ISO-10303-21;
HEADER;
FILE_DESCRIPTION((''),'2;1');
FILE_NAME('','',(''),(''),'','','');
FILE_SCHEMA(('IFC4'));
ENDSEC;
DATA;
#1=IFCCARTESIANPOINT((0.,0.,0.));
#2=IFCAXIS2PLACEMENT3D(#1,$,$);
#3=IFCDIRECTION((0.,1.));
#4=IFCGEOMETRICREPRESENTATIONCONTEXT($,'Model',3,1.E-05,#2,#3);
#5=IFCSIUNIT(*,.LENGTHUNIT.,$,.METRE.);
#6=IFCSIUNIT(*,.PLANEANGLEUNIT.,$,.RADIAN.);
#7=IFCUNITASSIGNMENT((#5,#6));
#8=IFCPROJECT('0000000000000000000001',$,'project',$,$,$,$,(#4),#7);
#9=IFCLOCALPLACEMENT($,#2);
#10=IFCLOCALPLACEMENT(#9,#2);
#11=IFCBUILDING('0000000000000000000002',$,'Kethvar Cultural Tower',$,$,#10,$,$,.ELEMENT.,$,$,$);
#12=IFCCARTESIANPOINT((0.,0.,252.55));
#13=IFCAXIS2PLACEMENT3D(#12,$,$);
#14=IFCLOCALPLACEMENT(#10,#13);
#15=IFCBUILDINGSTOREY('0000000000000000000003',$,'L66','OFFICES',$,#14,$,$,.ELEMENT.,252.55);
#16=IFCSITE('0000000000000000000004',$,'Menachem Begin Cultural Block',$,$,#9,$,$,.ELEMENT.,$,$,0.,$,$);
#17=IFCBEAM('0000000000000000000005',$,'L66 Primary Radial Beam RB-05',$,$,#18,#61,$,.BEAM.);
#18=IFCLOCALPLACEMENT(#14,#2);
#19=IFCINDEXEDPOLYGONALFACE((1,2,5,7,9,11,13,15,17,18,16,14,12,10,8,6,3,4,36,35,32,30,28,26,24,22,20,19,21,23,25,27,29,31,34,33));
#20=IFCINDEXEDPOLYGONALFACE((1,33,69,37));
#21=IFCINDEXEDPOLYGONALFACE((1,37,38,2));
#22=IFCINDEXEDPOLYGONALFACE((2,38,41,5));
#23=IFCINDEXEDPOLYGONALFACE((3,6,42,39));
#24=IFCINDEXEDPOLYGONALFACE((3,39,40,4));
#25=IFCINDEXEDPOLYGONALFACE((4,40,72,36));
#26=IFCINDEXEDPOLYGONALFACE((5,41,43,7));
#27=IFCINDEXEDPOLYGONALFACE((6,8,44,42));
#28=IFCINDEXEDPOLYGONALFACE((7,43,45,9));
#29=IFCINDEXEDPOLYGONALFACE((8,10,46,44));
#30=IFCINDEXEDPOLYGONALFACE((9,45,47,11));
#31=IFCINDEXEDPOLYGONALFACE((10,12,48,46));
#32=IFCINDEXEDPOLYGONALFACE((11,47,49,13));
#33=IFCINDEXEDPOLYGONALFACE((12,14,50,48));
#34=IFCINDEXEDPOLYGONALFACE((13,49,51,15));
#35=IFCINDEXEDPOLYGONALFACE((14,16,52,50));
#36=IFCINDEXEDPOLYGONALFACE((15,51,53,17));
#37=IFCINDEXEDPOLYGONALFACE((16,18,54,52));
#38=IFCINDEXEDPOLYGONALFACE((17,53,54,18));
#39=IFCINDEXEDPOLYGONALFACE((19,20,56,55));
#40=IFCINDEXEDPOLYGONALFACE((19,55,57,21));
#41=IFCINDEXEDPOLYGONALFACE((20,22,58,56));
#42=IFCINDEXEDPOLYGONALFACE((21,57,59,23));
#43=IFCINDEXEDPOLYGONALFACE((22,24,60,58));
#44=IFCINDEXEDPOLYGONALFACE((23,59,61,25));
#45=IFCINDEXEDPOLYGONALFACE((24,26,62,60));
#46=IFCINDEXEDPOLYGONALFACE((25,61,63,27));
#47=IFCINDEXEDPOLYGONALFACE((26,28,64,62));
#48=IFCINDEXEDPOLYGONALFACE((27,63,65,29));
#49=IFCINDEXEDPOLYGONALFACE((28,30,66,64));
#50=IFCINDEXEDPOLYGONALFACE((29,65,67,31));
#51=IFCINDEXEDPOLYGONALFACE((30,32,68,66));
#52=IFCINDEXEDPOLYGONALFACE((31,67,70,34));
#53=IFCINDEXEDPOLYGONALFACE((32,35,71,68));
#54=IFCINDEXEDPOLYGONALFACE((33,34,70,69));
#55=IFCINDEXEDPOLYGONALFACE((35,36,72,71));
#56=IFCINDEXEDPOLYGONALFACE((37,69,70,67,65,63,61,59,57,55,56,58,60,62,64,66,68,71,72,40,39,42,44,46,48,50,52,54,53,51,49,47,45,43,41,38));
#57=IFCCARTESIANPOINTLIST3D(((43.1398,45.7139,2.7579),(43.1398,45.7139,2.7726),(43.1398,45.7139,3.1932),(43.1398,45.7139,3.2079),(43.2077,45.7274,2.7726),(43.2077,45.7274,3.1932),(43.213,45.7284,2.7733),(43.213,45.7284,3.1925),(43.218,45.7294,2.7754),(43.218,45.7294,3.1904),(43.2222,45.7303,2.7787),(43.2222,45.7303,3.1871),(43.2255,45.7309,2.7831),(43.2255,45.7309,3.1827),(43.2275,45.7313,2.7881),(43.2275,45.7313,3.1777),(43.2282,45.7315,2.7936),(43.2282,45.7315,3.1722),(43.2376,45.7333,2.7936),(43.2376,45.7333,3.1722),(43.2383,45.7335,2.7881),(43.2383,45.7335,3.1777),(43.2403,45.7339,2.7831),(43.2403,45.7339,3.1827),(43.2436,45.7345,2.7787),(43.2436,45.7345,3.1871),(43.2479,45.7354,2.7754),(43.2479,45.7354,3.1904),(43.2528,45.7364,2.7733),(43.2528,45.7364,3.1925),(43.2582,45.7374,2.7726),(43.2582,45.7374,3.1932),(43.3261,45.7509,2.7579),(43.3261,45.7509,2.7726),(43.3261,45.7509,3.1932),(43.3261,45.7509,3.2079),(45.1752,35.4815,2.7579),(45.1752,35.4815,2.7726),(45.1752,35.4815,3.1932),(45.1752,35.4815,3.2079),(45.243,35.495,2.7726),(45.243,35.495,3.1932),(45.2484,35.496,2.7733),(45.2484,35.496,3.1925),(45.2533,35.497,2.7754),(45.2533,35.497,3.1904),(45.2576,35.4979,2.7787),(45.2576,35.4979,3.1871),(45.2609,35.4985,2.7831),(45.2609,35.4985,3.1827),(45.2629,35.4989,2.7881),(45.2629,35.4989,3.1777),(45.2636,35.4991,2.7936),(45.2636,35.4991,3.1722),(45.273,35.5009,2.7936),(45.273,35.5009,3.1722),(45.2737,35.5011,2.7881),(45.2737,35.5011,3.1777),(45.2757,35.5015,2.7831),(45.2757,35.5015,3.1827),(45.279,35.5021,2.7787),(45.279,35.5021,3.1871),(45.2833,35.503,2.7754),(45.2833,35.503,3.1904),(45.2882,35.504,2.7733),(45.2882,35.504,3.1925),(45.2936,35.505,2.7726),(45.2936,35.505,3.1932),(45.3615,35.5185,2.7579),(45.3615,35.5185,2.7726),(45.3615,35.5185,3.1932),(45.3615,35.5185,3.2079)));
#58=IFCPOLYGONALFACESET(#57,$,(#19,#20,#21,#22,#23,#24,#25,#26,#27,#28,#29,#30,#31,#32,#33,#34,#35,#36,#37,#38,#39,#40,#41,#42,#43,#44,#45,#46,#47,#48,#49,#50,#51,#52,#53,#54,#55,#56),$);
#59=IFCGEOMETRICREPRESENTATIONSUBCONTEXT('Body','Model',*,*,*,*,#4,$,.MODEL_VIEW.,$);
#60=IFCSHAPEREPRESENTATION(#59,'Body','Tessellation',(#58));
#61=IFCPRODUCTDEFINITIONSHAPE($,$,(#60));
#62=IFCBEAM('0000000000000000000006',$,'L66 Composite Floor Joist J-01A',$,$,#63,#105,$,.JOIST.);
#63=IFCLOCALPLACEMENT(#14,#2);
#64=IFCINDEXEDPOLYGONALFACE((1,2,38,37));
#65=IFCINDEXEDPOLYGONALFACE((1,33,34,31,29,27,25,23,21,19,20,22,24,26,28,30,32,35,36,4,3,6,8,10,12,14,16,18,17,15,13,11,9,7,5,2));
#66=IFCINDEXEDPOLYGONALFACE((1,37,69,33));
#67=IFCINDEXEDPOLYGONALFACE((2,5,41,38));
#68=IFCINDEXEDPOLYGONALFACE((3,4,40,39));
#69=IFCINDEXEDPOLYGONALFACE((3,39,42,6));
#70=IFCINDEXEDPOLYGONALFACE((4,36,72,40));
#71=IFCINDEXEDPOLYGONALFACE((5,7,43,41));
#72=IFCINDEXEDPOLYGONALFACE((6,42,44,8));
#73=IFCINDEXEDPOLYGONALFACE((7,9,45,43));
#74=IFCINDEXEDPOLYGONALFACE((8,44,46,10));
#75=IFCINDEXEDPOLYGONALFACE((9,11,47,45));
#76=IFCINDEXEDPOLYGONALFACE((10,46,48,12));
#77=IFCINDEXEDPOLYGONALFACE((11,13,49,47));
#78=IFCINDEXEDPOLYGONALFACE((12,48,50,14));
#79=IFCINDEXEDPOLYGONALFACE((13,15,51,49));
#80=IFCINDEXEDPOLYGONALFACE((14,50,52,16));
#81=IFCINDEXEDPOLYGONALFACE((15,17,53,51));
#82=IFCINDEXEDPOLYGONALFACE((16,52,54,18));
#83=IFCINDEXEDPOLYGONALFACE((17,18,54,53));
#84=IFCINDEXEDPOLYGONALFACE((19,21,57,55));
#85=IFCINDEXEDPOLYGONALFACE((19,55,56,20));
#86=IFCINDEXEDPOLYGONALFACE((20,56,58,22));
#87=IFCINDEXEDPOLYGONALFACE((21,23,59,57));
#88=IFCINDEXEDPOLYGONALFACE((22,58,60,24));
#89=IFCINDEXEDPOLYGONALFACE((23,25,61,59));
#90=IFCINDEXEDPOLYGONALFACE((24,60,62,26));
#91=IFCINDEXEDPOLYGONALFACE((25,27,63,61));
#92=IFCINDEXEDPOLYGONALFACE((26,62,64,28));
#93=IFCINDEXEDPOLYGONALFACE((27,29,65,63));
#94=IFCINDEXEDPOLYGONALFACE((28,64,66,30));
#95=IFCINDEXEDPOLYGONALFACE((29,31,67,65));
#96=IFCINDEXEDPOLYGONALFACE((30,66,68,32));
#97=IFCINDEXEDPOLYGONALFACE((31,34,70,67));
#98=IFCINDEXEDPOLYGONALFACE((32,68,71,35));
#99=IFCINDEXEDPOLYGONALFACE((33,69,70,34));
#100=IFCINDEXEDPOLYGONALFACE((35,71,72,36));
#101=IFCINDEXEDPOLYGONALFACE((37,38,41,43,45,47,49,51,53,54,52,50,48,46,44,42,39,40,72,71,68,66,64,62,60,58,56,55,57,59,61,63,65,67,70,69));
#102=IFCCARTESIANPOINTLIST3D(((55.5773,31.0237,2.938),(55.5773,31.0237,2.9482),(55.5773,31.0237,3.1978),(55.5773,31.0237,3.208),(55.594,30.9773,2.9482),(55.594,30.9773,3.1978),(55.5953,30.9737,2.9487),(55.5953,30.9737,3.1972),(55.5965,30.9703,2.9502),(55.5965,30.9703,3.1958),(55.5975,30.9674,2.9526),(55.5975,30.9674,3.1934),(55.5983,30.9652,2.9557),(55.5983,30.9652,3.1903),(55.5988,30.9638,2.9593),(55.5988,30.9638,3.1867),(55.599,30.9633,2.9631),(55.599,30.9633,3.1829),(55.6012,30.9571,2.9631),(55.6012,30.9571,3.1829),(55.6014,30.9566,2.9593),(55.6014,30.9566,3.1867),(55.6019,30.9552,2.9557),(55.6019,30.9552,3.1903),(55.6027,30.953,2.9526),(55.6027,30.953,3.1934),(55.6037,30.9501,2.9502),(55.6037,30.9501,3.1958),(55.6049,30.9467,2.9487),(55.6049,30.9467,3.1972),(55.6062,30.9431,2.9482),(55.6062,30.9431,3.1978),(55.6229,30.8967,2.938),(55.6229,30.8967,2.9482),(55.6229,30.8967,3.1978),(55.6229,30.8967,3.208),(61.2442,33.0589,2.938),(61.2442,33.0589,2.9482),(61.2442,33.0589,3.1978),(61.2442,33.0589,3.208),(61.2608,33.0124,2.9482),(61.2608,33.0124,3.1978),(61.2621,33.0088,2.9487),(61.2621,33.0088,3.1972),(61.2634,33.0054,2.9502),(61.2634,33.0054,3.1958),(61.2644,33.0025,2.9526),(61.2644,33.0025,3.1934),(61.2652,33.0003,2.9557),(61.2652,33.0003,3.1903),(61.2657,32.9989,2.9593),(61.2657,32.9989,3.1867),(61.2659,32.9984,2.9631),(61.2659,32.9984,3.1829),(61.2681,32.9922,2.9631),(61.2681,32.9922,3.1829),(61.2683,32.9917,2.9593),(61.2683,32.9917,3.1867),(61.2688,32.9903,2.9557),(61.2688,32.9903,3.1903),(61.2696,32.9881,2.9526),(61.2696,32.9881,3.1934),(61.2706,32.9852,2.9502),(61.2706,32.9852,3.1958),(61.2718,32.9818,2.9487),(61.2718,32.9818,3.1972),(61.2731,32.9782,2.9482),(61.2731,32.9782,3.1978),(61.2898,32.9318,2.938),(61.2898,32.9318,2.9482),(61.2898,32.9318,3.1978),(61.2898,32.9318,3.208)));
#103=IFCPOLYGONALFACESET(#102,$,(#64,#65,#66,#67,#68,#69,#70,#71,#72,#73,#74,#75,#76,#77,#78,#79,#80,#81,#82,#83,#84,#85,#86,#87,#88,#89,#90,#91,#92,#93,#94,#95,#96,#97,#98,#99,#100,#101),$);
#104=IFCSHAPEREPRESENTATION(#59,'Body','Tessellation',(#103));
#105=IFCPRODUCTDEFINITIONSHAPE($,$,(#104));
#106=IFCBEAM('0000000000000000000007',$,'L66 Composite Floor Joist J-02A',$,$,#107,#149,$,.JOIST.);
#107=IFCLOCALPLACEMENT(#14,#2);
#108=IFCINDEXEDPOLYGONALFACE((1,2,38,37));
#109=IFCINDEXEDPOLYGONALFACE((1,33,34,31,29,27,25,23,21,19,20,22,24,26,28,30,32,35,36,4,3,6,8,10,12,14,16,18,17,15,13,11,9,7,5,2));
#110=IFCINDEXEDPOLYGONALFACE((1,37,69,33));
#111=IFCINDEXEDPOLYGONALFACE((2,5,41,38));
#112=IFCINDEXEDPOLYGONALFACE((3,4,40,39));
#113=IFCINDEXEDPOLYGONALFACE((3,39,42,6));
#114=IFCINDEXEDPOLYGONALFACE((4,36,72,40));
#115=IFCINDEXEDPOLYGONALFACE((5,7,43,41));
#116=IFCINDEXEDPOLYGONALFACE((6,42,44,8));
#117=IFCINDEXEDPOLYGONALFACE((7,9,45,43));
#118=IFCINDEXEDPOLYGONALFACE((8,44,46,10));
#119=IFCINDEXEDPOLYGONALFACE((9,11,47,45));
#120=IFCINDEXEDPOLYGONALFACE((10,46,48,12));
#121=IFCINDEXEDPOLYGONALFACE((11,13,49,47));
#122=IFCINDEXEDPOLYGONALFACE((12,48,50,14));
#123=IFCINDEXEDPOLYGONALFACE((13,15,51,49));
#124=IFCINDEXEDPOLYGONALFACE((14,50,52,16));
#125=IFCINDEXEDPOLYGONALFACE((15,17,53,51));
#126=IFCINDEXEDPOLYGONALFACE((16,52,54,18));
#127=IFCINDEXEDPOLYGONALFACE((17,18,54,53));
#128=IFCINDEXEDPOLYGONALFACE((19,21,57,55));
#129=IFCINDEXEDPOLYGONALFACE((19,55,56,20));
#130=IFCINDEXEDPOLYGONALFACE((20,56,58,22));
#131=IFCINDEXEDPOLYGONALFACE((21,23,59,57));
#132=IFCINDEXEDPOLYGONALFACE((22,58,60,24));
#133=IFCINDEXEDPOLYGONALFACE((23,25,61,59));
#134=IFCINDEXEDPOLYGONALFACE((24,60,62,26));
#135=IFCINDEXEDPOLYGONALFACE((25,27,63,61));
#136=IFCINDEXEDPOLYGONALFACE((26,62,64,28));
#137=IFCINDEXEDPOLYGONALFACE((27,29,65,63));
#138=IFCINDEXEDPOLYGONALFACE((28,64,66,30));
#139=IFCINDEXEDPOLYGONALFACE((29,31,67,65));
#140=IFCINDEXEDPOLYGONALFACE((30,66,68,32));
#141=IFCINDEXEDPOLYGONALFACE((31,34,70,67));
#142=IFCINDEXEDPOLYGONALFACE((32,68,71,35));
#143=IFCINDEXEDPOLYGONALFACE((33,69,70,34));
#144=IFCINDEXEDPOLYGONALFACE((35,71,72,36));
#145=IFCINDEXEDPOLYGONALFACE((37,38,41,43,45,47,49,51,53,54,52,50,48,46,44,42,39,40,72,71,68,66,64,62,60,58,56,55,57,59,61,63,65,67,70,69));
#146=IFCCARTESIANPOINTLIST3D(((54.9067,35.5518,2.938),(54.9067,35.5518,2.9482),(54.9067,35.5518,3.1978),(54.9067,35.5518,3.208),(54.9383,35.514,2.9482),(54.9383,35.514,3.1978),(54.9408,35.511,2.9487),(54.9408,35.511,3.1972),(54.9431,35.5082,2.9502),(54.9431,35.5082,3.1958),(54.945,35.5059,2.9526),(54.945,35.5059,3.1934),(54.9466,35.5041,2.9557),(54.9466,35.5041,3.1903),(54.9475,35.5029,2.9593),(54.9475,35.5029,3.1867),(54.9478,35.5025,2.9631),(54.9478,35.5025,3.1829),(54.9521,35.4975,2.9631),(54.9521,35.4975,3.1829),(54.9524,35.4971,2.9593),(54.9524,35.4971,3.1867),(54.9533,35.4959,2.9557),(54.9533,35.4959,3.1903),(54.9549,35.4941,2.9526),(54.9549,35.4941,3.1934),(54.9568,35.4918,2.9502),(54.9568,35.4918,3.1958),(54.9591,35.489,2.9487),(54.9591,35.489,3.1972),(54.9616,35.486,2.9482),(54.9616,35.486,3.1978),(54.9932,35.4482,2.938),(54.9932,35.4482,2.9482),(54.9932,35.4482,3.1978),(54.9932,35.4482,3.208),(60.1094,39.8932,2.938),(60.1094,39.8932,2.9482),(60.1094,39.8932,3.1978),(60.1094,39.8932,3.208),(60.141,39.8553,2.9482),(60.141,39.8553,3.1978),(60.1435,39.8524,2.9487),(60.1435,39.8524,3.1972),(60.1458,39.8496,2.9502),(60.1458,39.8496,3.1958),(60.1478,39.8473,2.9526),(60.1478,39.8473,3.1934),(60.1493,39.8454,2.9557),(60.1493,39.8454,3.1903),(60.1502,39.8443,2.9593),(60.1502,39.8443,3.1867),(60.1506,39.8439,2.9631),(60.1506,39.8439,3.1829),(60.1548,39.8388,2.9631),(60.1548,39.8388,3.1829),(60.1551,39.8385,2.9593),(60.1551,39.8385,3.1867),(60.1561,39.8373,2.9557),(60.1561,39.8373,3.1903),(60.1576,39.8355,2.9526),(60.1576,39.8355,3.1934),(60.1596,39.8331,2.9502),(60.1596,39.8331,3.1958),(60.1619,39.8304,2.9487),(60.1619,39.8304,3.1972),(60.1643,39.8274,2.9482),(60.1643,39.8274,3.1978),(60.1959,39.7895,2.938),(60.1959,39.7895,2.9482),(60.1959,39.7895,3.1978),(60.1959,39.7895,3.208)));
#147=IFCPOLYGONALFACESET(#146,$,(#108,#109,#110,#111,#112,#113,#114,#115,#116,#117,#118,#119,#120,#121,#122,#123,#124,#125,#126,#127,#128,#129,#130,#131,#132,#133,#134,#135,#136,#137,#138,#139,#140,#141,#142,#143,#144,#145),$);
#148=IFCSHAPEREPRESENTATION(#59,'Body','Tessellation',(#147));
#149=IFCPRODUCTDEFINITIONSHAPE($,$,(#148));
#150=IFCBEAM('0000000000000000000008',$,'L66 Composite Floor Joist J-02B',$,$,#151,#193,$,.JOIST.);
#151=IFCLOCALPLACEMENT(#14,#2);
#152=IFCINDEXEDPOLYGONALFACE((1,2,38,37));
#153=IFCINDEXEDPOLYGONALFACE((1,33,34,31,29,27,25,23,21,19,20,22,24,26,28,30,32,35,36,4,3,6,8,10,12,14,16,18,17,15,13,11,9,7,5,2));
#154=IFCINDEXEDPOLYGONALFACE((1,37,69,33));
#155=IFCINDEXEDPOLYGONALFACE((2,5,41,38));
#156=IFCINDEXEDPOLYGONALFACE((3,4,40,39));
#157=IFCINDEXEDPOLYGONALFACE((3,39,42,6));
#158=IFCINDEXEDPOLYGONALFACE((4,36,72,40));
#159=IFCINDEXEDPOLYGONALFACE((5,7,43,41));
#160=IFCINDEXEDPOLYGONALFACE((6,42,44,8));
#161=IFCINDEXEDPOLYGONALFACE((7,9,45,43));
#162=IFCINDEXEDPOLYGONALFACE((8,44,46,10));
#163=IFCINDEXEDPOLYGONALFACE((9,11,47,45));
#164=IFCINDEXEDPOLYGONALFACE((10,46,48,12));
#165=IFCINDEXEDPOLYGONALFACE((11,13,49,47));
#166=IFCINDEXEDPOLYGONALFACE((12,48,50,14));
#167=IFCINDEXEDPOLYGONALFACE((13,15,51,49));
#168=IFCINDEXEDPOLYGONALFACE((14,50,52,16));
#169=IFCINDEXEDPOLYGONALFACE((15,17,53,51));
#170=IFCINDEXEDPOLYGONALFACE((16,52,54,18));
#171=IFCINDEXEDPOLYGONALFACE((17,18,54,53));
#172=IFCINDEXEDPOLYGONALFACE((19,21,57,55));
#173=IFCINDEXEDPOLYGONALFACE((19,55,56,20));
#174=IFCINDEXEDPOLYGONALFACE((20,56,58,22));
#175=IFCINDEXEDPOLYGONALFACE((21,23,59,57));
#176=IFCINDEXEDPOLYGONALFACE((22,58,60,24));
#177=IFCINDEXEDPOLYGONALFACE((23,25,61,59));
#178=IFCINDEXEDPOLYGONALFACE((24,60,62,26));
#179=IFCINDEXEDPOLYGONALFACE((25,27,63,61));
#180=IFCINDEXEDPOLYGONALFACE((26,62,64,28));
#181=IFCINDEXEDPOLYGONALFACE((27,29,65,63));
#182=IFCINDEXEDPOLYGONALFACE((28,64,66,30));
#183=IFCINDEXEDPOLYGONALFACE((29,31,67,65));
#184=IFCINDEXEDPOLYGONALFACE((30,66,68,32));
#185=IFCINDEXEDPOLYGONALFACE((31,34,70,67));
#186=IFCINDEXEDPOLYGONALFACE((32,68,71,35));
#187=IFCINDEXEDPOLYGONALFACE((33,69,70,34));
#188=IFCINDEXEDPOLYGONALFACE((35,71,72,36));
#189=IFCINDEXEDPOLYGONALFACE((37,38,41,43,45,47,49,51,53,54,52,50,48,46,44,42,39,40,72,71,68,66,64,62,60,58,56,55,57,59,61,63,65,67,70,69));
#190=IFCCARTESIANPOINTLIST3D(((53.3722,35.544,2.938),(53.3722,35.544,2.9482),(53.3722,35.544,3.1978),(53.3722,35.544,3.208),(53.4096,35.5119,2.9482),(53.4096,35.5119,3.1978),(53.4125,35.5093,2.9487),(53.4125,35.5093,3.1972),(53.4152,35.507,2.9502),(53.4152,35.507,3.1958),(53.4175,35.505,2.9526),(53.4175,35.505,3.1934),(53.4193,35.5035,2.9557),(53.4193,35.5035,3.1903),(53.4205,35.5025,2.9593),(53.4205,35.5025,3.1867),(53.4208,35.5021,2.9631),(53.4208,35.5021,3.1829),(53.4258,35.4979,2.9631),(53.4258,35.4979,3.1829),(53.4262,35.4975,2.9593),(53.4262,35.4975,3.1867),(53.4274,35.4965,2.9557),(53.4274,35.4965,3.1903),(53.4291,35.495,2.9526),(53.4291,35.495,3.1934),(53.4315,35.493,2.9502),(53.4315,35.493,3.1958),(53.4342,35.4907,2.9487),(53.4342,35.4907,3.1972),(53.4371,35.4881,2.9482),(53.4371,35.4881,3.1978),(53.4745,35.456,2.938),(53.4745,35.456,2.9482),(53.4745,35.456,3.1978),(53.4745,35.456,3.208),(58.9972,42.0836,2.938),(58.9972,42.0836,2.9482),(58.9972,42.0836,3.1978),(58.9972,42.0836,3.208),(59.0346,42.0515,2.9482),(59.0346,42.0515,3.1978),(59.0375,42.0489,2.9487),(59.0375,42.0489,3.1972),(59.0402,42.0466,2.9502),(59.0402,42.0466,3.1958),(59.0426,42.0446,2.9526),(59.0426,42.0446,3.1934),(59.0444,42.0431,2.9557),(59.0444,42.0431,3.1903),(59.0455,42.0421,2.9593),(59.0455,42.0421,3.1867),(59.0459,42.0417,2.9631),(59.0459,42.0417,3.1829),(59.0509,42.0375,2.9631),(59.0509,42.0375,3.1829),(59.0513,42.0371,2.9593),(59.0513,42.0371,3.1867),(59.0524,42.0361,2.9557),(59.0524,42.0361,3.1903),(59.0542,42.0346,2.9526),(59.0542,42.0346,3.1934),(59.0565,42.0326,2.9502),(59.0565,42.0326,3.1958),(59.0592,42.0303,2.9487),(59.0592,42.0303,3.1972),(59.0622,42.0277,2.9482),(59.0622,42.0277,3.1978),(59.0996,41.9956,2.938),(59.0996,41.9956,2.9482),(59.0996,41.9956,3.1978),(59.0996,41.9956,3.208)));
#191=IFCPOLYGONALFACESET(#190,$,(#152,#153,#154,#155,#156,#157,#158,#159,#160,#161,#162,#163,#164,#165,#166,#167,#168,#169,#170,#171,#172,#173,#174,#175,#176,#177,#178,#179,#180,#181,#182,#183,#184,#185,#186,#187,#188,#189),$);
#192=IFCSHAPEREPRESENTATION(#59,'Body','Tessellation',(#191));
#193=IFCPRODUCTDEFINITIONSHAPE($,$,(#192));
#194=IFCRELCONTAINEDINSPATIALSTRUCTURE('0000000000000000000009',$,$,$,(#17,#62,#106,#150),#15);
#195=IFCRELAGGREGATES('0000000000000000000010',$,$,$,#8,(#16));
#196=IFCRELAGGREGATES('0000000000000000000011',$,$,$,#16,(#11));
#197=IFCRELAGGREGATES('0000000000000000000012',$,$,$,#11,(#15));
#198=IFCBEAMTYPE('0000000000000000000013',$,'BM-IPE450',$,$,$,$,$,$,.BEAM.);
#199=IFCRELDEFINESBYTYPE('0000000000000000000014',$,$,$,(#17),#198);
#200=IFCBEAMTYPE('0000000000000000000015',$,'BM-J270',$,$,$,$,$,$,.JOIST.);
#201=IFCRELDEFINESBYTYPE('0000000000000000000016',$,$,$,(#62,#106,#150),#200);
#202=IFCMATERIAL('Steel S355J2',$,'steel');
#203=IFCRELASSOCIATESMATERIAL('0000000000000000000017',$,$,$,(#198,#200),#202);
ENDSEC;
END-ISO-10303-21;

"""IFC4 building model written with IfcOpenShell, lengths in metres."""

from ifc_helpers import new_model, si_unit, direction, frame, origin, origin_2d, place, context, subcontext, project, spatial, i_section, extrude, source, transform, mapped, material, material_profile, profile_set, type_object, element, save


model = new_model("IFC4")

# Units and contexts
model_context = context("Model", 3, precision=1e-05, world=origin(), true_north=direction((0.0, 1.0)))
body_context = subcontext(model_context, "Body", "Model", "MODEL_VIEW")
ifc_project = project(units=[si_unit("LENGTHUNIT", "METRE"), si_unit("PLANEANGLEUNIT", "RADIAN")], contexts=[model_context])

# Site, building, storey
site_placement = place(None, origin())
site = spatial("IfcSite", under=ifc_project, at=site_placement, Name="Menachem Begin Cultural Block", CompositionType="ELEMENT", RefElevation=0.0)
building_placement = place(site_placement, origin())
building = spatial("IfcBuilding", under=site, at=building_placement, Name="Kethvar Cultural Tower", CompositionType="ELEMENT")
storey_placement = place(building_placement, frame((0.0, 0.0, 252.55)))
storey = spatial("IfcBuildingStorey", under=building, at=storey_placement, Name="L66", Description="OFFICES", CompositionType="ELEMENT", Elevation=252.55)

# Beams
ifc_material_1 = material(Name="Steel S355J2", Category="steel")
ifc_material_profile_1 = material_profile(ifc_material_1, i_section(OverallWidth=0.1899, OverallDepth=0.45, WebThickness=0.0095, FlangeThickness=0.0146, FilletRadius=0.021, at=origin_2d()), Name="Steel S355J2 — IPE450")
ifc_profile_set_1 = profile_set([ifc_material_profile_1], Name="Steel S355J2 — IPE450")
beam_type_1 = type_object("IfcBeamType", Name="BM-IPE450", PredefinedType="BEAM", material=ifc_profile_set_1)
shared_shape_1 = source(origin(), body_context, "Body", "SweptSolid", [
    extrude(i_section(OverallWidth=0.1899, OverallDepth=0.45, WebThickness=0.0095, FlangeThickness=0.0146, FilletRadius=0.021, at=origin_2d()), origin(), (0.0, 0.0, 1.0), 10.4329),
])
beam_1_placement = place(storey_placement, frame((45.2683, 35.5, 2.9829), z_axis=(-0.195094, 0.980784, 0.0), x_axis=(-0.980784, -0.195094, 0.0)))
element("IfcBeam", 1, at=beam_1_placement, inside=storey, type_object=beam_type_1, Name="L66 Primary Radial Beam RB-05", PredefinedType="BEAM", context=body_context, shape_type="MappedRepresentation", body=[
    mapped(shared_shape_1, transform((0.0, 0.0, 0.0), scale=1.0)),
])
ifc_material_profile_2 = material_profile(ifc_material_1, i_section(OverallWidth=0.135, OverallDepth=0.27, WebThickness=0.0066, FlangeThickness=0.0103, FilletRadius=0.0149, at=origin_2d()), Name="Steel S355J2 — IPE270")
ifc_profile_set_2 = profile_set([ifc_material_profile_2], Name="Steel S355J2 — IPE270")
beam_type_2 = type_object("IfcBeamType", Name="BM-J270", PredefinedType="JOIST", material=ifc_profile_set_2)
shared_shape_2 = source(origin(), body_context, "Body", "SweptSolid", [
    extrude(i_section(OverallWidth=0.135, OverallDepth=0.27, WebThickness=0.0066, FlangeThickness=0.0103, FilletRadius=0.0149, at=origin_2d()), origin(), (0.0, 0.0, 1.0), 6.0212),
])
beam_2_placement = place(storey_placement, frame((55.6001, 30.9602, 3.073), z_axis=(0.94115, 0.33799, 0.0), x_axis=(-0.33799, 0.94115, 0.0)))
element("IfcBeam", 2, at=beam_2_placement, inside=storey, type_object=beam_type_2, Name="L66 Composite Floor Joist J-01A", PredefinedType="JOIST", context=body_context, shape_type="MappedRepresentation", body=[
    mapped(shared_shape_2, transform((0.0, 0.0, 0.0), scale=1.0)),
])
shared_shape_3 = source(origin(), body_context, "Body", "SweptSolid", [
    extrude(i_section(OverallWidth=0.135, OverallDepth=0.27, WebThickness=0.0066, FlangeThickness=0.0103, FilletRadius=0.0149, at=origin_2d()), origin(), (0.0, 0.0, 1.0), 6.7761),
])
beam_3_placement = place(storey_placement, frame((54.95, 35.5, 3.073), z_axis=(0.767802, 0.640688, 0.0), x_axis=(-0.640688, 0.767802, 0.0)))
element("IfcBeam", 3, at=beam_3_placement, inside=storey, type_object=beam_type_2, Name="L66 Composite Floor Joist J-02A", PredefinedType="JOIST", context=body_context, shape_type="MappedRepresentation", body=[
    mapped(shared_shape_3, transform((0.0, 0.0, 0.0), scale=1.0)),
])
shared_shape_4 = source(origin(), body_context, "Body", "SweptSolid", [
    extrude(i_section(OverallWidth=0.135, OverallDepth=0.27, WebThickness=0.0066, FlangeThickness=0.0103, FilletRadius=0.0149, at=origin_2d()), origin(), (0.0, 0.0, 1.0), 8.626),
])
beam_4_placement = place(storey_placement, frame((53.4233, 35.5, 3.073), z_axis=(0.652105, 0.758129, 0.0), x_axis=(-0.758129, 0.652105, 0.0)))
element("IfcBeam", 4, at=beam_4_placement, inside=storey, type_object=beam_type_2, Name="L66 Composite Floor Joist J-02B", PredefinedType="JOIST", context=body_context, shape_type="MappedRepresentation", body=[
    mapped(shared_shape_4, transform((0.0, 0.0, 0.0), scale=1.0)),
])

save(model, "model.ifc")
